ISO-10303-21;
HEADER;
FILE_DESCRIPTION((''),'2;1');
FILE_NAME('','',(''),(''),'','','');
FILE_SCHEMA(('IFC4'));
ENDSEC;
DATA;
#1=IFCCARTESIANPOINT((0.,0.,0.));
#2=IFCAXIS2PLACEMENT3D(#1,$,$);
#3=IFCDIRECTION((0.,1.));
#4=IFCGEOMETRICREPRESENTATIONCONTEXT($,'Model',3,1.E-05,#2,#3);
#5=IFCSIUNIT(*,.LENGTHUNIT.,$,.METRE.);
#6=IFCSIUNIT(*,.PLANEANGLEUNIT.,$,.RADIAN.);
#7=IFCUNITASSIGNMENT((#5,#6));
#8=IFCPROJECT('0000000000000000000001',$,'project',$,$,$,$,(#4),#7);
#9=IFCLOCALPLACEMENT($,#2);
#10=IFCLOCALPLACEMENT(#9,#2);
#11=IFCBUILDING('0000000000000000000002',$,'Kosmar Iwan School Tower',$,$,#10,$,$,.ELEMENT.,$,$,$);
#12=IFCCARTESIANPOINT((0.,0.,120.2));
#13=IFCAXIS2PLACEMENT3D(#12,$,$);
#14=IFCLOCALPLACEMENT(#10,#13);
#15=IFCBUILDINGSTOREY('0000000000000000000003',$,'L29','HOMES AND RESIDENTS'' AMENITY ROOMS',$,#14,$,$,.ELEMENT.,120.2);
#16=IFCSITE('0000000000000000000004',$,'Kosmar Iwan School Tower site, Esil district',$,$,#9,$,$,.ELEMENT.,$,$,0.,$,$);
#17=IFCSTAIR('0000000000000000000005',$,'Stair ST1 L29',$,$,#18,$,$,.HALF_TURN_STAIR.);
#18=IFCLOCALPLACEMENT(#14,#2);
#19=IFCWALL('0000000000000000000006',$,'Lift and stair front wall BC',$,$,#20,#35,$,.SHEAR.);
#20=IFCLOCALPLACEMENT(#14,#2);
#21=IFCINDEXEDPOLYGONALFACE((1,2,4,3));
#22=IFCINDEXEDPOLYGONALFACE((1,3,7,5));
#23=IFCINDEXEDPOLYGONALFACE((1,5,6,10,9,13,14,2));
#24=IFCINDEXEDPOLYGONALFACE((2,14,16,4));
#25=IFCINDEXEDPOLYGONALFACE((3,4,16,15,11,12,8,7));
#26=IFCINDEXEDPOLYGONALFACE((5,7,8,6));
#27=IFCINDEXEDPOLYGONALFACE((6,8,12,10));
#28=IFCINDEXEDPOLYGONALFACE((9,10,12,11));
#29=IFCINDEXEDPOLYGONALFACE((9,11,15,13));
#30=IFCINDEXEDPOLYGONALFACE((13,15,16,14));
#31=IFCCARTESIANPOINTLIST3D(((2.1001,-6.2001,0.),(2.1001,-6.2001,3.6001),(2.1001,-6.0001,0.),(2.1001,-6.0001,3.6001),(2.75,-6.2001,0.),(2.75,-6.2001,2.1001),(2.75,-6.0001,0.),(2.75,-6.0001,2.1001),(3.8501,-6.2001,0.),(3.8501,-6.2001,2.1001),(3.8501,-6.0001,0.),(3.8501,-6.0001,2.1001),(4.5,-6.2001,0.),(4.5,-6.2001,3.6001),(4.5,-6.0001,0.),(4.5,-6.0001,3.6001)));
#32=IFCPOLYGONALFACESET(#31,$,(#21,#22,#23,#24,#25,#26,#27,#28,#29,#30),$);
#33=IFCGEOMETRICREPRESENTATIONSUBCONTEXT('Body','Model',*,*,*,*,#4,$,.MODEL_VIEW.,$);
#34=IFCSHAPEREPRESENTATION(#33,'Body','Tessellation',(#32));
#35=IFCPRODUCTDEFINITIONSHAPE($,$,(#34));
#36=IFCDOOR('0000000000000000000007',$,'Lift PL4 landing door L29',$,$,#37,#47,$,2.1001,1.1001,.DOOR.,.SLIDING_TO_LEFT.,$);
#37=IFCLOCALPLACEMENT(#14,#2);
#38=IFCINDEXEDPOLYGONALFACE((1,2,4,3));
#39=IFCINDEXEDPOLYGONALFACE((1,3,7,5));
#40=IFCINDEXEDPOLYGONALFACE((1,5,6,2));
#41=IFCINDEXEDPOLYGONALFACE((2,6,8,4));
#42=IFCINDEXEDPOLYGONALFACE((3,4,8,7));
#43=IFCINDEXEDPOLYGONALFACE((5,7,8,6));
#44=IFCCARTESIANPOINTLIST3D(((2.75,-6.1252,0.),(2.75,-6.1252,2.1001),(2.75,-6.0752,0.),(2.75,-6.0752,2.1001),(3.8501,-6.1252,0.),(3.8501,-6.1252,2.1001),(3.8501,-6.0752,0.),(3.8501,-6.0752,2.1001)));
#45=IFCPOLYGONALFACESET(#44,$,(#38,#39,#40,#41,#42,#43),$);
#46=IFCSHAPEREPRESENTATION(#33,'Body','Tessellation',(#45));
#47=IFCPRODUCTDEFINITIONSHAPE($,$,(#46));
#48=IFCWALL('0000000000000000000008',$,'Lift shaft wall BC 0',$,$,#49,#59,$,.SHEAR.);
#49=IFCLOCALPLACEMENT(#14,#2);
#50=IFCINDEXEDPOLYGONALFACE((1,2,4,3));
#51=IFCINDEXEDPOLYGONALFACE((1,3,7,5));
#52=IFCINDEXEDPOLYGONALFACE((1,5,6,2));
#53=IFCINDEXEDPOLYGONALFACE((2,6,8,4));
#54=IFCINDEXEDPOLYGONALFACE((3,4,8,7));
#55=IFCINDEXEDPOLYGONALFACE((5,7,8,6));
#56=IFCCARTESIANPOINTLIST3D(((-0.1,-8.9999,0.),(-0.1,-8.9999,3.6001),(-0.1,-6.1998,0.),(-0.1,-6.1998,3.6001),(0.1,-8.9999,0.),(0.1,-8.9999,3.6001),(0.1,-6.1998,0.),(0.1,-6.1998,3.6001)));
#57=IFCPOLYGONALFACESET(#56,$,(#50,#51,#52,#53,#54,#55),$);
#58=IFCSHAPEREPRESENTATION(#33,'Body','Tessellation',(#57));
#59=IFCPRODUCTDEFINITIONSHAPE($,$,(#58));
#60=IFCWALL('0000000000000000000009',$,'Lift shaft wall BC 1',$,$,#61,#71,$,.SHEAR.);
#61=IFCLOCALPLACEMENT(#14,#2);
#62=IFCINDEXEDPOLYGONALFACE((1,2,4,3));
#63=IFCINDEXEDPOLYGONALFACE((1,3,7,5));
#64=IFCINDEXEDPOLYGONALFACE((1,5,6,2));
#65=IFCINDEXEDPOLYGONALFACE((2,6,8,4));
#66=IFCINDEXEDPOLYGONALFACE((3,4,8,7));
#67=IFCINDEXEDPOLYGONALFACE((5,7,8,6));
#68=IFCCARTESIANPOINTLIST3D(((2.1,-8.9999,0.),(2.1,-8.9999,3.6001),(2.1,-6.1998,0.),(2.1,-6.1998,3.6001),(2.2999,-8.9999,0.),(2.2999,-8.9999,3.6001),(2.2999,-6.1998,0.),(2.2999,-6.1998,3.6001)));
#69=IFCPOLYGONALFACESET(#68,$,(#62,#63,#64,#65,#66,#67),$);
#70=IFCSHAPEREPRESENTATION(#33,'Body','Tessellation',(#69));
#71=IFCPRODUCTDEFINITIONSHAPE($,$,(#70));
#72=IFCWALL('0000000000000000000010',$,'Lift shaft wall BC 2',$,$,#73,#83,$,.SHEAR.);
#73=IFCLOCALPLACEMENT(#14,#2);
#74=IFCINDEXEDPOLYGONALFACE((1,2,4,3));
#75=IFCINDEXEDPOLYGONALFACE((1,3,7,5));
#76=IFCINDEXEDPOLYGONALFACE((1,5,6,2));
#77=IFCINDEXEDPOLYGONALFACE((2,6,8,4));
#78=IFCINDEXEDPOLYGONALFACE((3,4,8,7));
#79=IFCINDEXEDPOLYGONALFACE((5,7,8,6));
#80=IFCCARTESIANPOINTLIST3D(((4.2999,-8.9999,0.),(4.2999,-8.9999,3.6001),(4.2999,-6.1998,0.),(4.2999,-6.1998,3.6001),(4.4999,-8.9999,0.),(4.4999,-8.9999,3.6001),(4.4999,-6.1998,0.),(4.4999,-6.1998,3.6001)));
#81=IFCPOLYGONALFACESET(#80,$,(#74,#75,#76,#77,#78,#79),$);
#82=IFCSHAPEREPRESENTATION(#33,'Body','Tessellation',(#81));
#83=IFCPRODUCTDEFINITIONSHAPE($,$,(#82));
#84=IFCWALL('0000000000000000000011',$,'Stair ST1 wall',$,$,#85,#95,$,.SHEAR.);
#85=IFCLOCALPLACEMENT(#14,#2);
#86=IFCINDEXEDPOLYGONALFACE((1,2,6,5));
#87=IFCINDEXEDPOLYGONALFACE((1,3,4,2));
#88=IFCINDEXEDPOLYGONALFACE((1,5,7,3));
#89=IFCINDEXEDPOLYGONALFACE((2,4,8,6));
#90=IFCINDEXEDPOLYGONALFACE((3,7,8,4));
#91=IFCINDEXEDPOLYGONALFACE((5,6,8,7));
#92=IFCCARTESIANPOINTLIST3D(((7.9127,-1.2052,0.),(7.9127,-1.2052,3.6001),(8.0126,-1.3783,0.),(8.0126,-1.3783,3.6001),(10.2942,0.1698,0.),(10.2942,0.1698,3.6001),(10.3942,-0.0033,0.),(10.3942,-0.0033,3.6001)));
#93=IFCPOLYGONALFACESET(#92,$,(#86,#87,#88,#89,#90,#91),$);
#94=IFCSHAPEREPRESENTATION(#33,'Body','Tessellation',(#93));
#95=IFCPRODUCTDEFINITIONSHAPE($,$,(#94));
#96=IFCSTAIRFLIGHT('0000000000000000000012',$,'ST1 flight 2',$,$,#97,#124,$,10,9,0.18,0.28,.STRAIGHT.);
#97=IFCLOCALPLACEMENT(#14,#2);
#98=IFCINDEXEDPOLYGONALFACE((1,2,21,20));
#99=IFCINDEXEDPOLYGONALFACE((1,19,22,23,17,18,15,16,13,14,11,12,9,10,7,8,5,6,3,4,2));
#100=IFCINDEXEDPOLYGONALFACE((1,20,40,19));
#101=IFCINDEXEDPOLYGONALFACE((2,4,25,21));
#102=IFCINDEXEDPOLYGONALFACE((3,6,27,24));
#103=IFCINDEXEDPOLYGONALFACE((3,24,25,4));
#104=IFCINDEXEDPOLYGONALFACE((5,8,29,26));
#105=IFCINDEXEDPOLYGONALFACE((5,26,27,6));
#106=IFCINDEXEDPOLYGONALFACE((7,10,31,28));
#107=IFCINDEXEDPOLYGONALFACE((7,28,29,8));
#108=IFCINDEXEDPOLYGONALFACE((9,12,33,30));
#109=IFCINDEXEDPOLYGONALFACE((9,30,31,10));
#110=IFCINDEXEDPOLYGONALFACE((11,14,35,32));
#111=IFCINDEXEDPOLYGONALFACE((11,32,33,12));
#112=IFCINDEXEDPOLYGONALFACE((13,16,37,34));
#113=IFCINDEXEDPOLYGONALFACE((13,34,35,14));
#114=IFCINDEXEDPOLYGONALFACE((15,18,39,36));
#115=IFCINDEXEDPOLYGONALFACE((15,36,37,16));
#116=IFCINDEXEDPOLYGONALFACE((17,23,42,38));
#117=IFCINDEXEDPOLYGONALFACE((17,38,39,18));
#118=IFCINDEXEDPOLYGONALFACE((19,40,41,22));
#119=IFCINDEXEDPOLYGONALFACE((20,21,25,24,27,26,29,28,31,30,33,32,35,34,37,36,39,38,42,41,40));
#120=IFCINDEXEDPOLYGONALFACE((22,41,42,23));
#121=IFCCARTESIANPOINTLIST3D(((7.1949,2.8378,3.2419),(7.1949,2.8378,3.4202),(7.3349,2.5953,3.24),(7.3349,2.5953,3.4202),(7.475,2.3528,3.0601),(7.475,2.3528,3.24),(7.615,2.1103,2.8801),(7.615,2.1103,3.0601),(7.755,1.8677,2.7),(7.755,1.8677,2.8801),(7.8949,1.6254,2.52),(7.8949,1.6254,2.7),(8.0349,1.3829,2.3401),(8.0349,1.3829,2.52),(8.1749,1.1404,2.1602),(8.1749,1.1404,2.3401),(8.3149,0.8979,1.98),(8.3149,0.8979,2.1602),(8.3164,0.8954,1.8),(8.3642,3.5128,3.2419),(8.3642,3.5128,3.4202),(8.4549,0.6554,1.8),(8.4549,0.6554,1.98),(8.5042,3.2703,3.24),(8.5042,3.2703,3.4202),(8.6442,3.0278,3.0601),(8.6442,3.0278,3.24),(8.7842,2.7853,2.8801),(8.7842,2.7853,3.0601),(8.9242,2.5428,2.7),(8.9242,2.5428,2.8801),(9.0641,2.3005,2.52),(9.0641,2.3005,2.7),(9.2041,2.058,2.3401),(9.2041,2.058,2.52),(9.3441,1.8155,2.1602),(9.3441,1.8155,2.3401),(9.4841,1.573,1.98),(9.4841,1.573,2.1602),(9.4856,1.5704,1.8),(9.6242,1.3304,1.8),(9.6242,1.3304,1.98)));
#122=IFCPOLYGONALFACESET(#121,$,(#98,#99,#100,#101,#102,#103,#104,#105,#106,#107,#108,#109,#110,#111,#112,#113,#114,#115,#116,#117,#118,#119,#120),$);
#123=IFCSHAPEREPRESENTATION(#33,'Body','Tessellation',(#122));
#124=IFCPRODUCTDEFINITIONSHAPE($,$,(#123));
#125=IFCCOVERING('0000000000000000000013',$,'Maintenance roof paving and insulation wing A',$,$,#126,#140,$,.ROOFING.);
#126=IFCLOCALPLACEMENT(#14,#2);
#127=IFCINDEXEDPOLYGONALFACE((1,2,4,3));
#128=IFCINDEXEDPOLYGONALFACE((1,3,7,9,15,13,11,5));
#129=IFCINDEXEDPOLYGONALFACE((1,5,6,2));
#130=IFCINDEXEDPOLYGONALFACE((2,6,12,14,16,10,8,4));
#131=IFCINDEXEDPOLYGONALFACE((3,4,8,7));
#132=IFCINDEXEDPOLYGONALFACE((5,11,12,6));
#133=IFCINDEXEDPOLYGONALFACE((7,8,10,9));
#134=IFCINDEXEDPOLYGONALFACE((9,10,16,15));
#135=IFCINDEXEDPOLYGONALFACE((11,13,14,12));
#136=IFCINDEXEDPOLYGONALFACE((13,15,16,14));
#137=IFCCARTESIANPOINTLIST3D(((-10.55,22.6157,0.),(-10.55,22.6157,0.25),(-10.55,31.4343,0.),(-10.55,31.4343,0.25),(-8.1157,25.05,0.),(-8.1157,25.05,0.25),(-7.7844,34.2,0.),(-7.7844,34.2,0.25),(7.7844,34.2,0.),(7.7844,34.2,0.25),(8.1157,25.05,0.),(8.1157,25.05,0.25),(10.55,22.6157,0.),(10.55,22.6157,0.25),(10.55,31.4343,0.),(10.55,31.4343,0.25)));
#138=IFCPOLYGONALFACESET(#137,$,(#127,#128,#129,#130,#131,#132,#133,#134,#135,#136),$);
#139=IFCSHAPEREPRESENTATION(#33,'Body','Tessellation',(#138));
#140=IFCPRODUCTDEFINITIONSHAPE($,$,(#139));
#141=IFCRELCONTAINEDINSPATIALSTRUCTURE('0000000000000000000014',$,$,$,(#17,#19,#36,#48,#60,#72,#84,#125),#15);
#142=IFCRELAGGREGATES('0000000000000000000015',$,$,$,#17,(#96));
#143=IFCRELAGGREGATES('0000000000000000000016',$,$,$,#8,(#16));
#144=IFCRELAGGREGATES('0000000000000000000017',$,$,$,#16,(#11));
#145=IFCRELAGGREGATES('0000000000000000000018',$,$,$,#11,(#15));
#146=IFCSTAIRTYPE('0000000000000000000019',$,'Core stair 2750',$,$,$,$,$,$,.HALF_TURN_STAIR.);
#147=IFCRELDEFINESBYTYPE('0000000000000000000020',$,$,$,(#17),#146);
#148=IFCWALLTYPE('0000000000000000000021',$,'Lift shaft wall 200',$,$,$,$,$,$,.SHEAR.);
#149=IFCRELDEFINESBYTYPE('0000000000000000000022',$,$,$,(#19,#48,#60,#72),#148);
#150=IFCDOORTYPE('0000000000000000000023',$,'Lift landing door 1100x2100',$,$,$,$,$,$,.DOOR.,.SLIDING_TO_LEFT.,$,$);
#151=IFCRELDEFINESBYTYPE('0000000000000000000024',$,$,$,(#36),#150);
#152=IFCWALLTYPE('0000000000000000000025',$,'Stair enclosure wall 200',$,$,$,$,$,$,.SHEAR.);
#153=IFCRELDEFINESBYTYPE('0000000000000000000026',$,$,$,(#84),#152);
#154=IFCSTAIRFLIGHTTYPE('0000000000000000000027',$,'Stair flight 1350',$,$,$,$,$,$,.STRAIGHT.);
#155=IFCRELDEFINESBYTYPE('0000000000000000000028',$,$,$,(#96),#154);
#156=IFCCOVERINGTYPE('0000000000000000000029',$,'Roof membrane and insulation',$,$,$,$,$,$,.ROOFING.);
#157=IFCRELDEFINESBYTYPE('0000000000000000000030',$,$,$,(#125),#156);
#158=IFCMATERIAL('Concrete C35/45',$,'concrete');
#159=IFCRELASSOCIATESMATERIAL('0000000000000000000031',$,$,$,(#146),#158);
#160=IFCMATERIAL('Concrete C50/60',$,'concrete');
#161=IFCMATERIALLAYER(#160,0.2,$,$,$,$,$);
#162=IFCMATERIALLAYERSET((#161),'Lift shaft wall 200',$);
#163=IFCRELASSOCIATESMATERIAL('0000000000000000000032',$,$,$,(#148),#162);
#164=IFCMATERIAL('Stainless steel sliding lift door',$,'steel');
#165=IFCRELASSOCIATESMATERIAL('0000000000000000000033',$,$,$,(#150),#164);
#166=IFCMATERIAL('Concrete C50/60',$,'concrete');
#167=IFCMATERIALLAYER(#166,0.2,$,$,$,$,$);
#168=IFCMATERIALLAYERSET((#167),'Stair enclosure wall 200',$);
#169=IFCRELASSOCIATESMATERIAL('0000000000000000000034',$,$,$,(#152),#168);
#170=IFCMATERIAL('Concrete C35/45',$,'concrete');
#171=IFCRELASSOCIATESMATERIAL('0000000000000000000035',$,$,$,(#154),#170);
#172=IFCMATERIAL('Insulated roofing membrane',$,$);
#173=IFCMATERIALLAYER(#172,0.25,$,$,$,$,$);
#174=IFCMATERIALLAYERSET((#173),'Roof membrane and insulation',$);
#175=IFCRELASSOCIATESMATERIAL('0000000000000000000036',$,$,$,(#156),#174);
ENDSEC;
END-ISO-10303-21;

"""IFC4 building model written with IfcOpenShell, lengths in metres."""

from ifc_helpers import new_model, si_unit, direction, frame, frame_2d, origin, place, context, subcontext, project, spatial, polyline, rectangle, outline, extrude, material, layer, layer_set, type_object, element, fill, aggregate, save


model = new_model("IFC4")

# Units and contexts
model_context = context("Model", 3, precision=1e-05, world=origin(), true_north=direction((0.0, 1.0)))
body_context = subcontext(model_context, "Body", "Model", "MODEL_VIEW")
ifc_project = project(units=[si_unit("LENGTHUNIT", "METRE"), si_unit("PLANEANGLEUNIT", "RADIAN")], contexts=[model_context])

# Site, building, storey
site_placement = place(None, origin())
site = spatial("IfcSite", under=ifc_project, at=site_placement, Name="Kosmar Iwan School Tower site, Esil district", CompositionType="ELEMENT", RefElevation=0.0)
building_placement = place(site_placement, origin())
building = spatial("IfcBuilding", under=site, at=building_placement, Name="Kosmar Iwan School Tower", CompositionType="ELEMENT")
storey_placement = place(building_placement, frame((0.0, 0.0, 120.2)))
storey = spatial("IfcBuildingStorey", under=building, at=storey_placement, Name="L29", Description="HOMES AND RESIDENTS' AMENITY ROOMS", CompositionType="ELEMENT", Elevation=120.2)

# Stair
ifc_material_1 = material(Name="Concrete C35/45", Category="concrete")
stair_type_1 = type_object("IfcStairType", Name="Core stair 2750", PredefinedType="HALF_TURN_STAIR", material=ifc_material_1)
stair_1_placement = place(storey_placement, origin())
stair_1 = element("IfcStair", 1, at=stair_1_placement, inside=storey, type_object=stair_type_1, Name="Stair ST1 L29", PredefinedType="HALF_TURN_STAIR")

# Shared definitions
ifc_material_2 = material(Name="Concrete C50/60", Category="concrete")
ifc_layer_1 = layer(ifc_material_2, 0.2)
ifc_layer_set_1 = layer_set([ifc_layer_1], Name="Lift shaft wall 200")
wall_type_1 = type_object("IfcWallType", Name="Lift shaft wall 200", PredefinedType="SHEAR", material=ifc_layer_set_1)

# Wall, opening, door
wall_1_placement = place(storey_placement, frame((2.1001, -6.1001, 0.0), z_axis=(0.0, 0.0, 1.0), x_axis=(1.0, 0.0, 0.0)))
wall_1 = element("IfcWall", 2, at=wall_1_placement, inside=storey, type_object=wall_type_1, Name="Lift and stair front wall BC", PredefinedType="SHEAR", context=body_context, shape_type="SweptSolid", body=[
    extrude(rectangle(XDim=2.3999, YDim=0.2, at=frame_2d((1.2, 0.0))), origin(), (0.0, 0.0, 1.0), 3.6001),
])
opening_1_placement = place(wall_1_placement, frame((0.6499, 0.0, 0.0)))
opening_1 = element("IfcOpeningElement", 3, at=opening_1_placement, cuts=wall_1, PredefinedType="OPENING", context=body_context, shape_type="SweptSolid", body=[
    extrude(rectangle(XDim=1.1001, YDim=2.1001, at=frame_2d((0.55, 1.05))), frame((0.0, 0.1121, 0.0), z_axis=(0.0, -1.0, 0.0), x_axis=(1.0, 0.0, 0.0)), (0.0, 0.0, 1.0), 0.2239),
])
ifc_material_3 = material(Name="Stainless steel sliding lift door", Category="steel")
door_type_1 = type_object("IfcDoorType", Name="Lift landing door 1100x2100", OperationType="SLIDING_TO_LEFT", PredefinedType="DOOR", material=ifc_material_3)
door_1_placement = place(opening_1_placement, origin())
door_1 = element("IfcDoor", 4, at=door_1_placement, inside=storey, type_object=door_type_1, Name="Lift PL4 landing door L29", OperationType="SLIDING_TO_LEFT", OverallHeight=2.1001, OverallWidth=1.1001, PredefinedType="DOOR", context=body_context, shape_type="SweptSolid", body=[
    extrude(rectangle(XDim=1.1001, YDim=2.1001, at=frame_2d((0.55, 1.05))), frame((0.0, 0.0249, 0.0), z_axis=(0.0, -1.0, 0.0), x_axis=(1.0, 0.0, 0.0)), (0.0, 0.0, 1.0), 0.05),
])
fill(opening_1, door_1)

# Walls
for number, where, z_axis, x_axis, name in (
    (5, (0.0, -6.2, 0.0), (0.0, 0.0, 1.0), (0.0, -1.0, 0.0), "Lift shaft wall BC 0"),
    (6, (2.2, -6.2, 0.0), (0.0, 0.0, 1.0), (0.0, -1.0, 0.0), "Lift shaft wall BC 1"),
    (7, (4.3999, -6.2, 0.0), (0.0, 0.0, 1.0), (0.0, -1.0, 0.0), "Lift shaft wall BC 2"),
):
    element("IfcWall", number, at=place(storey_placement, frame(where, z_axis=z_axis, x_axis=x_axis)), inside=storey, type_object=wall_type_1, Name=name, PredefinedType="SHEAR", context=body_context, shape_type="SweptSolid", body=[
        extrude(rectangle(XDim=2.8, YDim=0.2, at=frame_2d((1.3999, 0.0))), origin(), (0.0, 0.0, 1.0), 3.6001),
    ])
ifc_material_4 = material(Name="Concrete C50/60", Category="concrete")
ifc_layer_2 = layer(ifc_material_4, 0.2)
ifc_layer_set_2 = layer_set([ifc_layer_2], Name="Stair enclosure wall 200")
wall_type_2 = type_object("IfcWallType", Name="Stair enclosure wall 200", PredefinedType="SHEAR", material=ifc_layer_set_2)
wall_2_placement = place(storey_placement, frame((7.9626, -1.2917, 0.0), z_axis=(0.0, 0.0, 1.0), x_axis=(0.866027, 0.499997, 0.0)))
element("IfcWall", 8, at=wall_2_placement, inside=storey, type_object=wall_type_2, Name="Stair ST1 wall", PredefinedType="SHEAR", context=body_context, shape_type="SweptSolid", body=[
    extrude(rectangle(XDim=2.75, YDim=0.2, at=frame_2d((1.375, 0.0))), origin(), (0.0, 0.0, 1.0), 3.6001),
])

# Stair flight
ifc_material_5 = material(Name="Concrete C35/45", Category="concrete")
stair_flight_type = type_object("IfcStairFlightType", Name="Stair flight 1350", PredefinedType="STRAIGHT", material=ifc_material_5)
stair_flight_placement = place(storey_placement, frame((9.0396, 0.9929, 1.8), z_axis=(0.0, 0.0, 1.0), x_axis=(-0.5, 0.866025, 0.0)))
stair_flight = element("IfcStairFlight", 9, at=stair_flight_placement, type_object=stair_flight_type, Name="ST1 flight 2", NumberOfRisers=10, NumberOfTreads=9, PredefinedType="STRAIGHT", RiserHeight=0.18, TreadLength=0.28, context=body_context, shape_type="SweptSolid", body=[
    extrude(outline(polyline([(0.0, 0.0), (0.0, 0.1799), (0.28, 0.1799), (0.28, 0.3601), (0.5601, 0.3601), (0.5601, 0.54), (0.8401, 0.54), (0.8401, 0.72), (1.1201, 0.72), (1.1201, 0.8999), (1.3999, 0.8999), (1.3999, 1.0801), (1.6799, 1.0801), (1.6799, 1.26), (1.96, 1.26), (1.96, 1.4399), (2.24, 1.4399), (2.24, 1.6201), (2.52, 1.6201), (2.52, 1.8), (2.52, 1.4419), (0.2771, 0.0), (0.0, 0.0)])), frame((0.0, 0.675, 0.0), z_axis=(0.0, -1.0, 0.0), x_axis=(1.0, 0.0, 0.0)), (0.0, 0.0, 1.0), 1.3501),
])
aggregate(stair_1, [stair_flight])

# Covering
ifc_material_6 = material(Name="Insulated roofing membrane")
ifc_layer_3 = layer(ifc_material_6, 0.25)
ifc_layer_set_3 = layer_set([ifc_layer_3], Name="Roof membrane and insulation")
covering_type = type_object("IfcCoveringType", Name="Roof membrane and insulation", PredefinedType="ROOFING", material=ifc_layer_set_3)
covering_placement = place(storey_placement, origin())
element("IfcCovering", 10, at=covering_placement, inside=storey, type_object=covering_type, Name="Maintenance roof paving and insulation wing A", PredefinedType="ROOFING", context=body_context, shape_type="SweptSolid", body=[
    extrude(outline(polyline([(-10.55, 22.6157), (-8.1157, 25.05), (8.1157, 25.05), (10.55, 22.6157), (10.55, 31.4343), (7.7844, 34.2), (-7.7844, 34.2), (-10.55, 31.4343), (-10.55, 22.6157)])), origin(), (0.0, 0.0, 1.0), 0.25),
])

save(model, "model.ifc")
